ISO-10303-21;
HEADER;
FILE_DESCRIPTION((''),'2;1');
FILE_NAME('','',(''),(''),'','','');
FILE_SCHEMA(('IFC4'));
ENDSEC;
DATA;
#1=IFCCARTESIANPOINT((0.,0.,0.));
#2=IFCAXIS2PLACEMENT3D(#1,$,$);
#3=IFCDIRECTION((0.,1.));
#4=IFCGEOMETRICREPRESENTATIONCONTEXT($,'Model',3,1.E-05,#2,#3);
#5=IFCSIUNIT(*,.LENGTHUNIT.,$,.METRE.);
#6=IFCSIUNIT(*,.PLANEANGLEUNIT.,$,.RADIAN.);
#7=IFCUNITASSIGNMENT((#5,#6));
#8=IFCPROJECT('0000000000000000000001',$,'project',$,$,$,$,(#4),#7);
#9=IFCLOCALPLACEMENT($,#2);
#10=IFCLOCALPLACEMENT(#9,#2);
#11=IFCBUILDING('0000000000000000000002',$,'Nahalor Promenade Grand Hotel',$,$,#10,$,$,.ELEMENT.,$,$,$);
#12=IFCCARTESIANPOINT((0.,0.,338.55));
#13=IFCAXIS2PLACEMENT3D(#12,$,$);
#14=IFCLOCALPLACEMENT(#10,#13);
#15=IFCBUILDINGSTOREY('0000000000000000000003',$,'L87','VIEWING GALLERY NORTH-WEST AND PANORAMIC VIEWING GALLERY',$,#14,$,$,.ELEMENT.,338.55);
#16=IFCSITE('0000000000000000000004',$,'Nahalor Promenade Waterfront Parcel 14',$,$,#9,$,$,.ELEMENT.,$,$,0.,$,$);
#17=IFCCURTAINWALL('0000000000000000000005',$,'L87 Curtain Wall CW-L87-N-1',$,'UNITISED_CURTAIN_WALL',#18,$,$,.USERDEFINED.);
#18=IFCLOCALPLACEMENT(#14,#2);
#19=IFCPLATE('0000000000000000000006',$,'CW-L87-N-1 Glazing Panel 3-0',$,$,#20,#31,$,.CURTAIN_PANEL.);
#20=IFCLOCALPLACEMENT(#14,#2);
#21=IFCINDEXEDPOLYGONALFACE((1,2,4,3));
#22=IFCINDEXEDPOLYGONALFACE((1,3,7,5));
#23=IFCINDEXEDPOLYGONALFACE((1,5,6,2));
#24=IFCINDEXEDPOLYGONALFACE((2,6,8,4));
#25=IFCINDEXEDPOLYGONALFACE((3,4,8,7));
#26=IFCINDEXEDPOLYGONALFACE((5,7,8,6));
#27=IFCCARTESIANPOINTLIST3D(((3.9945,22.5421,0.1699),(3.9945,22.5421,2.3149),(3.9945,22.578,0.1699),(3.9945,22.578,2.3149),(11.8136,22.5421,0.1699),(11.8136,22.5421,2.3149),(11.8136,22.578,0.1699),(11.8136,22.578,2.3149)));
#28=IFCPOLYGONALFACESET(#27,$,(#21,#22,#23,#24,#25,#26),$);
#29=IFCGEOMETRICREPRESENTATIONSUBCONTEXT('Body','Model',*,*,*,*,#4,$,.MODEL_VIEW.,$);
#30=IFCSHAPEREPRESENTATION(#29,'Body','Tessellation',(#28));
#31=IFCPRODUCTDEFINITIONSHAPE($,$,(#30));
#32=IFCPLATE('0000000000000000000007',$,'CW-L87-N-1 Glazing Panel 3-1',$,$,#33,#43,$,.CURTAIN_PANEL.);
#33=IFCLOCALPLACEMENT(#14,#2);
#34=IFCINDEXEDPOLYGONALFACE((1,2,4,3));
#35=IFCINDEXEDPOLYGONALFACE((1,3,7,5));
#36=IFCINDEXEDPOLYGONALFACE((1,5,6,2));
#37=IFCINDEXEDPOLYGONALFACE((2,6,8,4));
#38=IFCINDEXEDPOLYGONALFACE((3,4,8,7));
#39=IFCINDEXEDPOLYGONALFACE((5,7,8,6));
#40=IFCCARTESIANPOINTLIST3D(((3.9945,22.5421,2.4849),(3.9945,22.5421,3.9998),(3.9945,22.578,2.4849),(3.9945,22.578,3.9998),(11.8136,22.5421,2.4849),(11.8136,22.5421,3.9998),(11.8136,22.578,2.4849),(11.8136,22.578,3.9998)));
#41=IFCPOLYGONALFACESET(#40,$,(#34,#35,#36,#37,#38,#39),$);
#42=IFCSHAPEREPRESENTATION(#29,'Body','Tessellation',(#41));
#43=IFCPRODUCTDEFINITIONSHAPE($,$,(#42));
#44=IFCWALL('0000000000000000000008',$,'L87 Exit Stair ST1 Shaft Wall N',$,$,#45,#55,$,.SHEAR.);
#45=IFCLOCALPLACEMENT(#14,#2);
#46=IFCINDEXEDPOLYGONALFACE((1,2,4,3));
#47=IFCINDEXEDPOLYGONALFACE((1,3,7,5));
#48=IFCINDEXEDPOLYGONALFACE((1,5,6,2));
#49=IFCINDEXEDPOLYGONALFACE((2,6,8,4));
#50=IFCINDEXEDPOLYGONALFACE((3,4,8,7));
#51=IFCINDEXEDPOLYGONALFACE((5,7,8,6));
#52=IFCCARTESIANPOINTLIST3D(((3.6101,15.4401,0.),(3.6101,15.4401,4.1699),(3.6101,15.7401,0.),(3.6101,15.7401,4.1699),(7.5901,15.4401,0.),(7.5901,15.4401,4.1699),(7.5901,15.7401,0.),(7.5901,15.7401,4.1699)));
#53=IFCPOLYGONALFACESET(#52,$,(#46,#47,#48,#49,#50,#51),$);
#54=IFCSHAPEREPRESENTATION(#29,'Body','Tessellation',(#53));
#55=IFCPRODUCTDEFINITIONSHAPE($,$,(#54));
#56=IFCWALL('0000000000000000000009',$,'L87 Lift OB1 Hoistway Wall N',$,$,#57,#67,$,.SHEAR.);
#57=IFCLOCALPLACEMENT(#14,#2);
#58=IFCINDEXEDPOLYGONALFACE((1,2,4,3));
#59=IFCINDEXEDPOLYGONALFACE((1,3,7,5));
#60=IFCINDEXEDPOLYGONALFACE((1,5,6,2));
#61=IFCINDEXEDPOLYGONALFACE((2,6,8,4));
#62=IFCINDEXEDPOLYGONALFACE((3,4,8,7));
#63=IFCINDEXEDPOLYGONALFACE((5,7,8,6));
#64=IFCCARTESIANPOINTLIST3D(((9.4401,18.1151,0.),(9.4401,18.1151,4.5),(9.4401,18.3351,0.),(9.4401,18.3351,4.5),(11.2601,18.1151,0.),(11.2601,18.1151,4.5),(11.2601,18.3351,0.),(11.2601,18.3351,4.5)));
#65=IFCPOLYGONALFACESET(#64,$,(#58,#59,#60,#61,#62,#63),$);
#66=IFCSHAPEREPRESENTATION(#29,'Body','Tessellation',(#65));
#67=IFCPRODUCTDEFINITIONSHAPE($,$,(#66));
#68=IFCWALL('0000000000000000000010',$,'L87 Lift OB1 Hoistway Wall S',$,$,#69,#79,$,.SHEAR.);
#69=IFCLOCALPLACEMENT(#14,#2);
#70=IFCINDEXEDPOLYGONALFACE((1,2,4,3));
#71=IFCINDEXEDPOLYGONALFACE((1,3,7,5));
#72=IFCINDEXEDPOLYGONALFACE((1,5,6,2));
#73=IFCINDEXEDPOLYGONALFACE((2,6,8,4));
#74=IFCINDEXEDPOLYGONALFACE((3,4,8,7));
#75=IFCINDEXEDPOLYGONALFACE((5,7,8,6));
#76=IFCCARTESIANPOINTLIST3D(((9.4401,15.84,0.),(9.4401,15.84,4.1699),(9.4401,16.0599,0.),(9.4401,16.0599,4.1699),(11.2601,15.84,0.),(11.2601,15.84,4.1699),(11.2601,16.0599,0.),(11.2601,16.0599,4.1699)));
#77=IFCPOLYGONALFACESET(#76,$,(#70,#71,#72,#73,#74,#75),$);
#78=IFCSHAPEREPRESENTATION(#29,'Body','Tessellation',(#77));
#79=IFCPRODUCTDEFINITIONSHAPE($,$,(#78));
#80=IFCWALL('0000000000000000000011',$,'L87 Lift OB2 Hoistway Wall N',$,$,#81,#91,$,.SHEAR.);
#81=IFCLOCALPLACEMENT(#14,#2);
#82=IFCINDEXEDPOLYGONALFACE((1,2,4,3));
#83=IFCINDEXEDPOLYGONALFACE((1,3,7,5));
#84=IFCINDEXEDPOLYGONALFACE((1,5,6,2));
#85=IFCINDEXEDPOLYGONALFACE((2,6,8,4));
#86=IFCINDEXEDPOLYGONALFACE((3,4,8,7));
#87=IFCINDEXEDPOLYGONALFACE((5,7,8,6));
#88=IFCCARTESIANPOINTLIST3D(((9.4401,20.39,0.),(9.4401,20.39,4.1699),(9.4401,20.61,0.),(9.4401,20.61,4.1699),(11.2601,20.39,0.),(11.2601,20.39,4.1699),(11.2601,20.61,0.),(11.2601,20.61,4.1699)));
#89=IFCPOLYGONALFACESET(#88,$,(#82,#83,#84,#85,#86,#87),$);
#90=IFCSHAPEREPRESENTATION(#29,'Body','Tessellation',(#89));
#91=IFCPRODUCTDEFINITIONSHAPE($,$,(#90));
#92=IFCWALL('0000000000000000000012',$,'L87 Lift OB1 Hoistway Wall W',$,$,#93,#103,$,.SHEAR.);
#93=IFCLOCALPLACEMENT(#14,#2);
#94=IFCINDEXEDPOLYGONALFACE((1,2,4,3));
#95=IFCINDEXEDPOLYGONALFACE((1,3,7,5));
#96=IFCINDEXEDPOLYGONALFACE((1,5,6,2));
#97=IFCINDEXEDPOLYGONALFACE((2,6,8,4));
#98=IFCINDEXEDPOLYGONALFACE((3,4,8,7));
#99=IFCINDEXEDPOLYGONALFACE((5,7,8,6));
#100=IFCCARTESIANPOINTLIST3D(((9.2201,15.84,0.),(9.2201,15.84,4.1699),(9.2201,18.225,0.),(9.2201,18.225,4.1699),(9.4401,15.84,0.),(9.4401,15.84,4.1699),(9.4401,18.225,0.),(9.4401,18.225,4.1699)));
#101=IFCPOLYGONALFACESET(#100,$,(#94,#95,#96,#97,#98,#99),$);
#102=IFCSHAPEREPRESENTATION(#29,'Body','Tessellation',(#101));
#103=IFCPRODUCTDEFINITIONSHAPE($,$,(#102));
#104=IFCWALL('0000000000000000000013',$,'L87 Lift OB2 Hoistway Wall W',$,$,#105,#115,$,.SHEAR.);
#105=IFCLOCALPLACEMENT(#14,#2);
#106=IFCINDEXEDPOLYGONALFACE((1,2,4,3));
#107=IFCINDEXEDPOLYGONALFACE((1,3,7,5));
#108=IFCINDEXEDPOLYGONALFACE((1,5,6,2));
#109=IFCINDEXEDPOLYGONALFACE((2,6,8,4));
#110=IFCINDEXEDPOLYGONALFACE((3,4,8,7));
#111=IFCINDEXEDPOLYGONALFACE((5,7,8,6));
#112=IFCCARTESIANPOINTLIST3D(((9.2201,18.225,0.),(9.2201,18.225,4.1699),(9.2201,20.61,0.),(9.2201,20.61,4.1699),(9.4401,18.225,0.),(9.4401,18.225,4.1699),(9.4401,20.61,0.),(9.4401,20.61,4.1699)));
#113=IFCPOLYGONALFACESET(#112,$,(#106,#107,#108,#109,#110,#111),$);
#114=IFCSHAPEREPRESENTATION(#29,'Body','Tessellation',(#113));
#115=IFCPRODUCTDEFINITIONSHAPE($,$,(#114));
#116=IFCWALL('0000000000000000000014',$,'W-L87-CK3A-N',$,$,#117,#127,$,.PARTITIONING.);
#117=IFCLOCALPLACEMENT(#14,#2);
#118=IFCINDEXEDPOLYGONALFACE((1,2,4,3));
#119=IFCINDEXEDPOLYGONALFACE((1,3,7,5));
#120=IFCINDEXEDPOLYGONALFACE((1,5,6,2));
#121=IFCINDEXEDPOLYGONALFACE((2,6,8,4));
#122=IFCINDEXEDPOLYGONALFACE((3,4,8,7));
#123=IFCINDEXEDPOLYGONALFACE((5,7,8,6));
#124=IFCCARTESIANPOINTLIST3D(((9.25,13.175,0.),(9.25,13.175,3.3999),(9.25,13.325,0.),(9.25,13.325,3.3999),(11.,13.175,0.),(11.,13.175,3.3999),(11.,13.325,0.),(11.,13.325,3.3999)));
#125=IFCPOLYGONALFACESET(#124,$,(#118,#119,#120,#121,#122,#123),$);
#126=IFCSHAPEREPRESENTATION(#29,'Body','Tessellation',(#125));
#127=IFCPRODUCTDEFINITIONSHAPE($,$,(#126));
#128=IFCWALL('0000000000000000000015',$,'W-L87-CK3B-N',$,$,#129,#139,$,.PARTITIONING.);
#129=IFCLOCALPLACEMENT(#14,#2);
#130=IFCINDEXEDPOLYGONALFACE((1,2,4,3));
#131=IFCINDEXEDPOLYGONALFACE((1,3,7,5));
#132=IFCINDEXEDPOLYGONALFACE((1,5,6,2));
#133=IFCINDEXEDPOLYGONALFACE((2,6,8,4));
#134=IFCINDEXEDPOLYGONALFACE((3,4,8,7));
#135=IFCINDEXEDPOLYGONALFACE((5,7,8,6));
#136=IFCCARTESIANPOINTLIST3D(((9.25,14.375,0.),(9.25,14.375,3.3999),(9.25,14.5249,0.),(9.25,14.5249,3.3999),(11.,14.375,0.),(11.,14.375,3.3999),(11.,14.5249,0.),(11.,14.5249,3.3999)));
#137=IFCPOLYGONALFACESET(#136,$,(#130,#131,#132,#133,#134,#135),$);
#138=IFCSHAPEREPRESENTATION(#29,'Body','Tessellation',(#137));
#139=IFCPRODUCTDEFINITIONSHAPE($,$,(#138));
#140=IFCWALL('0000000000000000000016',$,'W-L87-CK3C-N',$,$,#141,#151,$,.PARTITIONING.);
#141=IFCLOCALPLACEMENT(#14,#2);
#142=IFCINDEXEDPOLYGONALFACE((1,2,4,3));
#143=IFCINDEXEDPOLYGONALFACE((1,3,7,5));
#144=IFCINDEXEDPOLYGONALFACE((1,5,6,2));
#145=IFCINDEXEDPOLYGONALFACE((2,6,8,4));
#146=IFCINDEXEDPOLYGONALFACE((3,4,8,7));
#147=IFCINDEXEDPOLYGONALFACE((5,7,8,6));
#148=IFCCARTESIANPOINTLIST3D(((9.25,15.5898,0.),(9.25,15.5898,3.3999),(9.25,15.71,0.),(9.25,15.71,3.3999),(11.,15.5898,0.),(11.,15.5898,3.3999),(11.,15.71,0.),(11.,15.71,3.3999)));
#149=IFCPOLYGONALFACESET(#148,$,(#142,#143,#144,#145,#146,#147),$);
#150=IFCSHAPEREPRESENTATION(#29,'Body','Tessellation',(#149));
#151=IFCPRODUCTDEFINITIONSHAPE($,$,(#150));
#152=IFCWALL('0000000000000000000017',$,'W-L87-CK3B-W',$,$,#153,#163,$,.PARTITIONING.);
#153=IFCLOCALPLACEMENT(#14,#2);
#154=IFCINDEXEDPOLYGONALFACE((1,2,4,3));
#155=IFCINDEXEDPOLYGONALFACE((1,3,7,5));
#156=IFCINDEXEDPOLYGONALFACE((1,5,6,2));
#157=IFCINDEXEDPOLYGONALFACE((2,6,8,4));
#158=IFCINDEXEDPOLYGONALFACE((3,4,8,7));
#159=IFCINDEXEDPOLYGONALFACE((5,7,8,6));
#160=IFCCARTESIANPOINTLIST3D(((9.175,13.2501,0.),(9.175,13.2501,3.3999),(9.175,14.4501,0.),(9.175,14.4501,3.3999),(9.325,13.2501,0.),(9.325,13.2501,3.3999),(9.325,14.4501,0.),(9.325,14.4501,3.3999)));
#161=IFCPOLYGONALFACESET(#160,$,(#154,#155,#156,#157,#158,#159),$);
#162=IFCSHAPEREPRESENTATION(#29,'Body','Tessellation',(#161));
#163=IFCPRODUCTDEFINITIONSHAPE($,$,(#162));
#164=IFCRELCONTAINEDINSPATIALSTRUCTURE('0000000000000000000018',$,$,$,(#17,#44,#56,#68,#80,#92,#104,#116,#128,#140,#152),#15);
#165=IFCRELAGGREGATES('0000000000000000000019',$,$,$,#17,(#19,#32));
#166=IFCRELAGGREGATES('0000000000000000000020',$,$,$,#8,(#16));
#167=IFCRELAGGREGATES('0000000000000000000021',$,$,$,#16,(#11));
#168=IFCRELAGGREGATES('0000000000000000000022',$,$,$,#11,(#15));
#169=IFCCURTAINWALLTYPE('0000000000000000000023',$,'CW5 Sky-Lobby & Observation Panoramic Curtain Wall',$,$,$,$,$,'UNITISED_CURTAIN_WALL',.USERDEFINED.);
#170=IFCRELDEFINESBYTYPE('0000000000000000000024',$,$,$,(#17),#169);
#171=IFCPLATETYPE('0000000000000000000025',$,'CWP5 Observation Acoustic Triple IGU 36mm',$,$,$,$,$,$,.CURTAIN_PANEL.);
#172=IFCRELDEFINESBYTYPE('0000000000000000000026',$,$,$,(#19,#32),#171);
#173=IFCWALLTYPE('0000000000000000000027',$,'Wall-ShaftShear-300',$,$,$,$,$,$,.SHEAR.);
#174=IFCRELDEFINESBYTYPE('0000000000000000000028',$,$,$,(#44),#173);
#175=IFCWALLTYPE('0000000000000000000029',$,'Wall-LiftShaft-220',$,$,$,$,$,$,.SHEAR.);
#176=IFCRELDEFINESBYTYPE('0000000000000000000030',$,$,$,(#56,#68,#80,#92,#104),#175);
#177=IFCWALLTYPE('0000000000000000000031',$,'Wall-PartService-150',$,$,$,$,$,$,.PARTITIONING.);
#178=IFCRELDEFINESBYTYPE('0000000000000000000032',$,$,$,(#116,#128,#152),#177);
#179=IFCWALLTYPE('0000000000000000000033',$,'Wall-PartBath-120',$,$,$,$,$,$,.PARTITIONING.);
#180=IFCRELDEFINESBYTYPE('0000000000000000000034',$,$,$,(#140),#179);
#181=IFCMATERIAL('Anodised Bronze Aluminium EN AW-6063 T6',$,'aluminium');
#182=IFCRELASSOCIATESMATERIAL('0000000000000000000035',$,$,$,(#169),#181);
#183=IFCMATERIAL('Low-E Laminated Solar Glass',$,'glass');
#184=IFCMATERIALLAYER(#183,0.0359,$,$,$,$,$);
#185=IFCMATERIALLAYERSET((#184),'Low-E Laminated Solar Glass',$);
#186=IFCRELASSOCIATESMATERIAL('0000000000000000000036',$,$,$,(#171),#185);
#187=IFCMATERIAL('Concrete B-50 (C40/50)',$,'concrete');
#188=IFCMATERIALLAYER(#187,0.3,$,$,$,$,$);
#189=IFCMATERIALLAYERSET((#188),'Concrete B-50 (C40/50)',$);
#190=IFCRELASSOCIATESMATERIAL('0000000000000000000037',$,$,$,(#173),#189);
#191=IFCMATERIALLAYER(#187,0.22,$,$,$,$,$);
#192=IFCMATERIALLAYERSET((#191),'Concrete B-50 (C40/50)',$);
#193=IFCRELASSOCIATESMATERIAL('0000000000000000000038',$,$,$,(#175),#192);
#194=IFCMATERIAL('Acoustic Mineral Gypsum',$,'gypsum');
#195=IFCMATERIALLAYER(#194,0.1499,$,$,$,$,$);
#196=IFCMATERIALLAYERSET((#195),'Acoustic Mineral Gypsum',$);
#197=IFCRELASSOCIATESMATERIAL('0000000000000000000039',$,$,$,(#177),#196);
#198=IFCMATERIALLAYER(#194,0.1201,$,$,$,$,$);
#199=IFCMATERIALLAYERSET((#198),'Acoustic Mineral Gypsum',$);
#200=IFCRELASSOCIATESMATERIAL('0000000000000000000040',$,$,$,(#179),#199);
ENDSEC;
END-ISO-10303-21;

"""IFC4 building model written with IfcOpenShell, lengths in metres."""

from ifc_helpers import new_model, si_unit, direction, frame, frame_2d, origin, origin_2d, place, context, subcontext, project, spatial, rectangle, extrude, source, transform, mapped, material, layer, layer_set, type_object, element, aggregate, save


model = new_model("IFC4")

# Units and contexts
model_context = context("Model", 3, precision=1e-05, world=origin(), true_north=direction((0.0, 1.0)))
body_context = subcontext(model_context, "Body", "Model", "MODEL_VIEW")
ifc_project = project(units=[si_unit("LENGTHUNIT", "METRE"), si_unit("PLANEANGLEUNIT", "RADIAN")], contexts=[model_context])

# Site, building, storey
site_placement = place(None, origin())
site = spatial("IfcSite", under=ifc_project, at=site_placement, Name="Nahalor Promenade Waterfront Parcel 14", CompositionType="ELEMENT", RefElevation=0.0)
building_placement = place(site_placement, origin())
building = spatial("IfcBuilding", under=site, at=building_placement, Name="Nahalor Promenade Grand Hotel", CompositionType="ELEMENT")
storey_placement = place(building_placement, frame((0.0, 0.0, 338.55)))
storey = spatial("IfcBuildingStorey", under=building, at=storey_placement, Name="L87", Description="VIEWING GALLERY NORTH-WEST AND PANORAMIC VIEWING GALLERY", CompositionType="ELEMENT", Elevation=338.55)

# Shared definitions
ifc_material_1 = material(Name="Concrete B-50 (C40/50)", Category="concrete")

# Curtain wall, plates
ifc_material_2 = material(Name="Anodised Bronze Aluminium EN AW-6063 T6", Category="aluminium")
curtain_wall_type = type_object("IfcCurtainWallType", Name="CW5 Sky-Lobby & Observation Panoramic Curtain Wall", ElementType="UNITISED_CURTAIN_WALL", PredefinedType="USERDEFINED", material=ifc_material_2)
curtain_wall_placement = place(storey_placement, origin())
curtain_wall = element("IfcCurtainWall", 1, at=curtain_wall_placement, inside=storey, type_object=curtain_wall_type, Name="L87 Curtain Wall CW-L87-N-1", ObjectType="UNITISED_CURTAIN_WALL", PredefinedType="USERDEFINED")
ifc_material_3 = material(Name="Low-E Laminated Solar Glass", Category="glass")
ifc_layer_1 = layer(ifc_material_3, 0.0359)
ifc_layer_set_1 = layer_set([ifc_layer_1], Name="Low-E Laminated Solar Glass")
plate_type = type_object("IfcPlateType", Name="CWP5 Observation Acoustic Triple IGU 36mm", PredefinedType="CURTAIN_PANEL", material=ifc_layer_set_1)
shared_shape_1 = source(origin(), body_context, "Body", "SweptSolid", [
    extrude(rectangle(XDim=7.8191, YDim=0.0359, at=origin_2d()), origin(), (0.0, 0.0, 1.0), 2.145),
])
plate_1_placement = place(storey_placement, frame((7.9041, 22.5601, 0.1699), z_axis=(0.0, 0.0, 1.0), x_axis=(1.0, 0.0, 0.0)))
plate_1 = element("IfcPlate", 2, at=plate_1_placement, type_object=plate_type, Name="CW-L87-N-1 Glazing Panel 3-0", PredefinedType="CURTAIN_PANEL", context=body_context, shape_type="MappedRepresentation", body=[
    mapped(shared_shape_1, transform((0.0, 0.0, 0.0), scale=1.0)),
])
shared_shape_2 = source(origin(), body_context, "Body", "SweptSolid", [
    extrude(rectangle(XDim=7.8191, YDim=0.0359, at=origin_2d()), origin(), (0.0, 0.0, 1.0), 1.5149),
])
plate_2_placement = place(storey_placement, frame((7.9041, 22.5601, 2.4849), z_axis=(0.0, 0.0, 1.0), x_axis=(1.0, 0.0, 0.0)))
plate_2 = element("IfcPlate", 3, at=plate_2_placement, type_object=plate_type, Name="CW-L87-N-1 Glazing Panel 3-1", PredefinedType="CURTAIN_PANEL", context=body_context, shape_type="MappedRepresentation", body=[
    mapped(shared_shape_2, transform((0.0, 0.0, 0.0), scale=1.0)),
])
aggregate(curtain_wall, [plate_1, plate_2])

# Walls
ifc_layer_2 = layer(ifc_material_1, 0.3)
ifc_layer_set_2 = layer_set([ifc_layer_2], Name="Concrete B-50 (C40/50)")
wall_type_1 = type_object("IfcWallType", Name="Wall-ShaftShear-300", PredefinedType="SHEAR", material=ifc_layer_set_2)
shared_shape_3 = source(origin(), body_context, "Body", "SweptSolid", [
    extrude(rectangle(XDim=3.98, YDim=0.3, at=frame_2d((1.99, 0.0))), origin(), (0.0, 0.0, 1.0), 4.1699),
])
wall_1_placement = place(storey_placement, frame((3.6101, 15.5901, 0.0), z_axis=(0.0, 0.0, 1.0), x_axis=(1.0, 0.0, 0.0)))
element("IfcWall", 4, at=wall_1_placement, inside=storey, type_object=wall_type_1, Name="L87 Exit Stair ST1 Shaft Wall N", PredefinedType="SHEAR", context=body_context, shape_type="MappedRepresentation", body=[
    mapped(shared_shape_3, transform((0.0, 0.0, 0.0), scale=1.0)),
])
ifc_layer_3 = layer(ifc_material_1, 0.22)
ifc_layer_set_3 = layer_set([ifc_layer_3], Name="Concrete B-50 (C40/50)")
wall_type_2 = type_object("IfcWallType", Name="Wall-LiftShaft-220", PredefinedType="SHEAR", material=ifc_layer_set_3)
shared_shape_4 = source(origin(), body_context, "Body", "SweptSolid", [
    extrude(rectangle(XDim=1.8201, YDim=0.22, at=frame_2d((0.9102, 0.0))), origin(), (0.0, 0.0, 1.0), 4.5),
])
wall_2_placement = place(storey_placement, frame((9.4399, 18.2251, 0.0), z_axis=(0.0, 0.0, 1.0), x_axis=(1.0, 0.0, 0.0)))
element("IfcWall", 5, at=wall_2_placement, inside=storey, type_object=wall_type_2, Name="L87 Lift OB1 Hoistway Wall N", PredefinedType="SHEAR", context=body_context, shape_type="MappedRepresentation", body=[
    mapped(shared_shape_4, transform((0.0, 0.0, 0.0), scale=1.0)),
])
shared_shape_5 = source(origin(), body_context, "Body", "SweptSolid", [
    extrude(rectangle(XDim=1.8201, YDim=0.22, at=frame_2d((0.9102, 0.0))), origin(), (0.0, 0.0, 1.0), 4.1699),
])
for number, where, z_axis, x_axis, name in (
    (6, (9.4399, 15.95, 0.0), (0.0, 0.0, 1.0), (1.0, 0.0, 0.0), "L87 Lift OB1 Hoistway Wall S"),
    (7, (9.4399, 20.5, 0.0), (0.0, 0.0, 1.0), (1.0, 0.0, 0.0), "L87 Lift OB2 Hoistway Wall N"),
):
    element("IfcWall", number, at=place(storey_placement, frame(where, z_axis=z_axis, x_axis=x_axis)), inside=storey, type_object=wall_type_2, Name=name, PredefinedType="SHEAR", context=body_context, shape_type="MappedRepresentation", body=[
        mapped(shared_shape_5, transform((0.0, 0.0, 0.0), scale=1.0)),
    ])
shared_shape_6 = source(origin(), body_context, "Body", "SweptSolid", [
    extrude(rectangle(XDim=2.385, YDim=0.22, at=frame_2d((1.1924, 0.0))), origin(), (0.0, 0.0, 1.0), 4.1699),
])
for number, where, z_axis, x_axis, name in (
    (8, (9.3301, 15.8401, 0.0), (0.0, 0.0, 1.0), (0.0, 1.0, 0.0), "L87 Lift OB1 Hoistway Wall W"),
    (9, (9.3301, 18.2251, 0.0), (0.0, 0.0, 1.0), (0.0, 1.0, 0.0), "L87 Lift OB2 Hoistway Wall W"),
):
    element("IfcWall", number, at=place(storey_placement, frame(where, z_axis=z_axis, x_axis=x_axis)), inside=storey, type_object=wall_type_2, Name=name, PredefinedType="SHEAR", context=body_context, shape_type="MappedRepresentation", body=[
        mapped(shared_shape_6, transform((0.0, 0.0, 0.0), scale=1.0)),
    ])
ifc_material_4 = material(Name="Acoustic Mineral Gypsum", Category="gypsum")
ifc_layer_4 = layer(ifc_material_4, 0.1499)
ifc_layer_set_4 = layer_set([ifc_layer_4], Name="Acoustic Mineral Gypsum")
wall_type_3 = type_object("IfcWallType", Name="Wall-PartService-150", PredefinedType="PARTITIONING", material=ifc_layer_set_4)
shared_shape_7 = source(origin(), body_context, "Body", "SweptSolid", [
    extrude(rectangle(XDim=1.75, YDim=0.1499, at=frame_2d((0.875, 0.0))), origin(), (0.0, 0.0, 1.0), 3.3999),
])
for number, where, z_axis, x_axis, name in (
    (10, (9.25, 13.25, 0.0), (0.0, 0.0, 1.0), (1.0, 0.0, 0.0), "W-L87-CK3A-N"),
    (11, (9.25, 14.45, 0.0), (0.0, 0.0, 1.0), (1.0, 0.0, 0.0), "W-L87-CK3B-N"),
):
    element("IfcWall", number, at=place(storey_placement, frame(where, z_axis=z_axis, x_axis=x_axis)), inside=storey, type_object=wall_type_3, Name=name, PredefinedType="PARTITIONING", context=body_context, shape_type="MappedRepresentation", body=[
        mapped(shared_shape_7, transform((0.0, 0.0, 0.0), scale=1.0)),
    ])
ifc_layer_5 = layer(ifc_material_4, 0.1201)
ifc_layer_set_5 = layer_set([ifc_layer_5], Name="Acoustic Mineral Gypsum")
wall_type_4 = type_object("IfcWallType", Name="Wall-PartBath-120", PredefinedType="PARTITIONING", material=ifc_layer_set_5)
shared_shape_8 = source(origin(), body_context, "Body", "SweptSolid", [
    extrude(rectangle(XDim=1.75, YDim=0.1201, at=frame_2d((0.875, 0.0))), origin(), (0.0, 0.0, 1.0), 3.3999),
])
wall_3_placement = place(storey_placement, frame((9.25, 15.6499, 0.0), z_axis=(0.0, 0.0, 1.0), x_axis=(1.0, 0.0, 0.0)))
element("IfcWall", 12, at=wall_3_placement, inside=storey, type_object=wall_type_4, Name="W-L87-CK3C-N", PredefinedType="PARTITIONING", context=body_context, shape_type="MappedRepresentation", body=[
    mapped(shared_shape_8, transform((0.0, 0.0, 0.0), scale=1.0)),
])
shared_shape_9 = source(origin(), body_context, "Body", "SweptSolid", [
    extrude(rectangle(XDim=1.2, YDim=0.1499, at=frame_2d((0.6001, 0.0))), origin(), (0.0, 0.0, 1.0), 3.3999),
])
wall_4_placement = place(storey_placement, frame((9.25, 13.25, 0.0), z_axis=(0.0, 0.0, 1.0), x_axis=(0.0, 1.0, 0.0)))
element("IfcWall", 13, at=wall_4_placement, inside=storey, type_object=wall_type_3, Name="W-L87-CK3B-W", PredefinedType="PARTITIONING", context=body_context, shape_type="MappedRepresentation", body=[
    mapped(shared_shape_9, transform((0.0, 0.0, 0.0), scale=1.0)),
])

save(model, "model.ifc")
